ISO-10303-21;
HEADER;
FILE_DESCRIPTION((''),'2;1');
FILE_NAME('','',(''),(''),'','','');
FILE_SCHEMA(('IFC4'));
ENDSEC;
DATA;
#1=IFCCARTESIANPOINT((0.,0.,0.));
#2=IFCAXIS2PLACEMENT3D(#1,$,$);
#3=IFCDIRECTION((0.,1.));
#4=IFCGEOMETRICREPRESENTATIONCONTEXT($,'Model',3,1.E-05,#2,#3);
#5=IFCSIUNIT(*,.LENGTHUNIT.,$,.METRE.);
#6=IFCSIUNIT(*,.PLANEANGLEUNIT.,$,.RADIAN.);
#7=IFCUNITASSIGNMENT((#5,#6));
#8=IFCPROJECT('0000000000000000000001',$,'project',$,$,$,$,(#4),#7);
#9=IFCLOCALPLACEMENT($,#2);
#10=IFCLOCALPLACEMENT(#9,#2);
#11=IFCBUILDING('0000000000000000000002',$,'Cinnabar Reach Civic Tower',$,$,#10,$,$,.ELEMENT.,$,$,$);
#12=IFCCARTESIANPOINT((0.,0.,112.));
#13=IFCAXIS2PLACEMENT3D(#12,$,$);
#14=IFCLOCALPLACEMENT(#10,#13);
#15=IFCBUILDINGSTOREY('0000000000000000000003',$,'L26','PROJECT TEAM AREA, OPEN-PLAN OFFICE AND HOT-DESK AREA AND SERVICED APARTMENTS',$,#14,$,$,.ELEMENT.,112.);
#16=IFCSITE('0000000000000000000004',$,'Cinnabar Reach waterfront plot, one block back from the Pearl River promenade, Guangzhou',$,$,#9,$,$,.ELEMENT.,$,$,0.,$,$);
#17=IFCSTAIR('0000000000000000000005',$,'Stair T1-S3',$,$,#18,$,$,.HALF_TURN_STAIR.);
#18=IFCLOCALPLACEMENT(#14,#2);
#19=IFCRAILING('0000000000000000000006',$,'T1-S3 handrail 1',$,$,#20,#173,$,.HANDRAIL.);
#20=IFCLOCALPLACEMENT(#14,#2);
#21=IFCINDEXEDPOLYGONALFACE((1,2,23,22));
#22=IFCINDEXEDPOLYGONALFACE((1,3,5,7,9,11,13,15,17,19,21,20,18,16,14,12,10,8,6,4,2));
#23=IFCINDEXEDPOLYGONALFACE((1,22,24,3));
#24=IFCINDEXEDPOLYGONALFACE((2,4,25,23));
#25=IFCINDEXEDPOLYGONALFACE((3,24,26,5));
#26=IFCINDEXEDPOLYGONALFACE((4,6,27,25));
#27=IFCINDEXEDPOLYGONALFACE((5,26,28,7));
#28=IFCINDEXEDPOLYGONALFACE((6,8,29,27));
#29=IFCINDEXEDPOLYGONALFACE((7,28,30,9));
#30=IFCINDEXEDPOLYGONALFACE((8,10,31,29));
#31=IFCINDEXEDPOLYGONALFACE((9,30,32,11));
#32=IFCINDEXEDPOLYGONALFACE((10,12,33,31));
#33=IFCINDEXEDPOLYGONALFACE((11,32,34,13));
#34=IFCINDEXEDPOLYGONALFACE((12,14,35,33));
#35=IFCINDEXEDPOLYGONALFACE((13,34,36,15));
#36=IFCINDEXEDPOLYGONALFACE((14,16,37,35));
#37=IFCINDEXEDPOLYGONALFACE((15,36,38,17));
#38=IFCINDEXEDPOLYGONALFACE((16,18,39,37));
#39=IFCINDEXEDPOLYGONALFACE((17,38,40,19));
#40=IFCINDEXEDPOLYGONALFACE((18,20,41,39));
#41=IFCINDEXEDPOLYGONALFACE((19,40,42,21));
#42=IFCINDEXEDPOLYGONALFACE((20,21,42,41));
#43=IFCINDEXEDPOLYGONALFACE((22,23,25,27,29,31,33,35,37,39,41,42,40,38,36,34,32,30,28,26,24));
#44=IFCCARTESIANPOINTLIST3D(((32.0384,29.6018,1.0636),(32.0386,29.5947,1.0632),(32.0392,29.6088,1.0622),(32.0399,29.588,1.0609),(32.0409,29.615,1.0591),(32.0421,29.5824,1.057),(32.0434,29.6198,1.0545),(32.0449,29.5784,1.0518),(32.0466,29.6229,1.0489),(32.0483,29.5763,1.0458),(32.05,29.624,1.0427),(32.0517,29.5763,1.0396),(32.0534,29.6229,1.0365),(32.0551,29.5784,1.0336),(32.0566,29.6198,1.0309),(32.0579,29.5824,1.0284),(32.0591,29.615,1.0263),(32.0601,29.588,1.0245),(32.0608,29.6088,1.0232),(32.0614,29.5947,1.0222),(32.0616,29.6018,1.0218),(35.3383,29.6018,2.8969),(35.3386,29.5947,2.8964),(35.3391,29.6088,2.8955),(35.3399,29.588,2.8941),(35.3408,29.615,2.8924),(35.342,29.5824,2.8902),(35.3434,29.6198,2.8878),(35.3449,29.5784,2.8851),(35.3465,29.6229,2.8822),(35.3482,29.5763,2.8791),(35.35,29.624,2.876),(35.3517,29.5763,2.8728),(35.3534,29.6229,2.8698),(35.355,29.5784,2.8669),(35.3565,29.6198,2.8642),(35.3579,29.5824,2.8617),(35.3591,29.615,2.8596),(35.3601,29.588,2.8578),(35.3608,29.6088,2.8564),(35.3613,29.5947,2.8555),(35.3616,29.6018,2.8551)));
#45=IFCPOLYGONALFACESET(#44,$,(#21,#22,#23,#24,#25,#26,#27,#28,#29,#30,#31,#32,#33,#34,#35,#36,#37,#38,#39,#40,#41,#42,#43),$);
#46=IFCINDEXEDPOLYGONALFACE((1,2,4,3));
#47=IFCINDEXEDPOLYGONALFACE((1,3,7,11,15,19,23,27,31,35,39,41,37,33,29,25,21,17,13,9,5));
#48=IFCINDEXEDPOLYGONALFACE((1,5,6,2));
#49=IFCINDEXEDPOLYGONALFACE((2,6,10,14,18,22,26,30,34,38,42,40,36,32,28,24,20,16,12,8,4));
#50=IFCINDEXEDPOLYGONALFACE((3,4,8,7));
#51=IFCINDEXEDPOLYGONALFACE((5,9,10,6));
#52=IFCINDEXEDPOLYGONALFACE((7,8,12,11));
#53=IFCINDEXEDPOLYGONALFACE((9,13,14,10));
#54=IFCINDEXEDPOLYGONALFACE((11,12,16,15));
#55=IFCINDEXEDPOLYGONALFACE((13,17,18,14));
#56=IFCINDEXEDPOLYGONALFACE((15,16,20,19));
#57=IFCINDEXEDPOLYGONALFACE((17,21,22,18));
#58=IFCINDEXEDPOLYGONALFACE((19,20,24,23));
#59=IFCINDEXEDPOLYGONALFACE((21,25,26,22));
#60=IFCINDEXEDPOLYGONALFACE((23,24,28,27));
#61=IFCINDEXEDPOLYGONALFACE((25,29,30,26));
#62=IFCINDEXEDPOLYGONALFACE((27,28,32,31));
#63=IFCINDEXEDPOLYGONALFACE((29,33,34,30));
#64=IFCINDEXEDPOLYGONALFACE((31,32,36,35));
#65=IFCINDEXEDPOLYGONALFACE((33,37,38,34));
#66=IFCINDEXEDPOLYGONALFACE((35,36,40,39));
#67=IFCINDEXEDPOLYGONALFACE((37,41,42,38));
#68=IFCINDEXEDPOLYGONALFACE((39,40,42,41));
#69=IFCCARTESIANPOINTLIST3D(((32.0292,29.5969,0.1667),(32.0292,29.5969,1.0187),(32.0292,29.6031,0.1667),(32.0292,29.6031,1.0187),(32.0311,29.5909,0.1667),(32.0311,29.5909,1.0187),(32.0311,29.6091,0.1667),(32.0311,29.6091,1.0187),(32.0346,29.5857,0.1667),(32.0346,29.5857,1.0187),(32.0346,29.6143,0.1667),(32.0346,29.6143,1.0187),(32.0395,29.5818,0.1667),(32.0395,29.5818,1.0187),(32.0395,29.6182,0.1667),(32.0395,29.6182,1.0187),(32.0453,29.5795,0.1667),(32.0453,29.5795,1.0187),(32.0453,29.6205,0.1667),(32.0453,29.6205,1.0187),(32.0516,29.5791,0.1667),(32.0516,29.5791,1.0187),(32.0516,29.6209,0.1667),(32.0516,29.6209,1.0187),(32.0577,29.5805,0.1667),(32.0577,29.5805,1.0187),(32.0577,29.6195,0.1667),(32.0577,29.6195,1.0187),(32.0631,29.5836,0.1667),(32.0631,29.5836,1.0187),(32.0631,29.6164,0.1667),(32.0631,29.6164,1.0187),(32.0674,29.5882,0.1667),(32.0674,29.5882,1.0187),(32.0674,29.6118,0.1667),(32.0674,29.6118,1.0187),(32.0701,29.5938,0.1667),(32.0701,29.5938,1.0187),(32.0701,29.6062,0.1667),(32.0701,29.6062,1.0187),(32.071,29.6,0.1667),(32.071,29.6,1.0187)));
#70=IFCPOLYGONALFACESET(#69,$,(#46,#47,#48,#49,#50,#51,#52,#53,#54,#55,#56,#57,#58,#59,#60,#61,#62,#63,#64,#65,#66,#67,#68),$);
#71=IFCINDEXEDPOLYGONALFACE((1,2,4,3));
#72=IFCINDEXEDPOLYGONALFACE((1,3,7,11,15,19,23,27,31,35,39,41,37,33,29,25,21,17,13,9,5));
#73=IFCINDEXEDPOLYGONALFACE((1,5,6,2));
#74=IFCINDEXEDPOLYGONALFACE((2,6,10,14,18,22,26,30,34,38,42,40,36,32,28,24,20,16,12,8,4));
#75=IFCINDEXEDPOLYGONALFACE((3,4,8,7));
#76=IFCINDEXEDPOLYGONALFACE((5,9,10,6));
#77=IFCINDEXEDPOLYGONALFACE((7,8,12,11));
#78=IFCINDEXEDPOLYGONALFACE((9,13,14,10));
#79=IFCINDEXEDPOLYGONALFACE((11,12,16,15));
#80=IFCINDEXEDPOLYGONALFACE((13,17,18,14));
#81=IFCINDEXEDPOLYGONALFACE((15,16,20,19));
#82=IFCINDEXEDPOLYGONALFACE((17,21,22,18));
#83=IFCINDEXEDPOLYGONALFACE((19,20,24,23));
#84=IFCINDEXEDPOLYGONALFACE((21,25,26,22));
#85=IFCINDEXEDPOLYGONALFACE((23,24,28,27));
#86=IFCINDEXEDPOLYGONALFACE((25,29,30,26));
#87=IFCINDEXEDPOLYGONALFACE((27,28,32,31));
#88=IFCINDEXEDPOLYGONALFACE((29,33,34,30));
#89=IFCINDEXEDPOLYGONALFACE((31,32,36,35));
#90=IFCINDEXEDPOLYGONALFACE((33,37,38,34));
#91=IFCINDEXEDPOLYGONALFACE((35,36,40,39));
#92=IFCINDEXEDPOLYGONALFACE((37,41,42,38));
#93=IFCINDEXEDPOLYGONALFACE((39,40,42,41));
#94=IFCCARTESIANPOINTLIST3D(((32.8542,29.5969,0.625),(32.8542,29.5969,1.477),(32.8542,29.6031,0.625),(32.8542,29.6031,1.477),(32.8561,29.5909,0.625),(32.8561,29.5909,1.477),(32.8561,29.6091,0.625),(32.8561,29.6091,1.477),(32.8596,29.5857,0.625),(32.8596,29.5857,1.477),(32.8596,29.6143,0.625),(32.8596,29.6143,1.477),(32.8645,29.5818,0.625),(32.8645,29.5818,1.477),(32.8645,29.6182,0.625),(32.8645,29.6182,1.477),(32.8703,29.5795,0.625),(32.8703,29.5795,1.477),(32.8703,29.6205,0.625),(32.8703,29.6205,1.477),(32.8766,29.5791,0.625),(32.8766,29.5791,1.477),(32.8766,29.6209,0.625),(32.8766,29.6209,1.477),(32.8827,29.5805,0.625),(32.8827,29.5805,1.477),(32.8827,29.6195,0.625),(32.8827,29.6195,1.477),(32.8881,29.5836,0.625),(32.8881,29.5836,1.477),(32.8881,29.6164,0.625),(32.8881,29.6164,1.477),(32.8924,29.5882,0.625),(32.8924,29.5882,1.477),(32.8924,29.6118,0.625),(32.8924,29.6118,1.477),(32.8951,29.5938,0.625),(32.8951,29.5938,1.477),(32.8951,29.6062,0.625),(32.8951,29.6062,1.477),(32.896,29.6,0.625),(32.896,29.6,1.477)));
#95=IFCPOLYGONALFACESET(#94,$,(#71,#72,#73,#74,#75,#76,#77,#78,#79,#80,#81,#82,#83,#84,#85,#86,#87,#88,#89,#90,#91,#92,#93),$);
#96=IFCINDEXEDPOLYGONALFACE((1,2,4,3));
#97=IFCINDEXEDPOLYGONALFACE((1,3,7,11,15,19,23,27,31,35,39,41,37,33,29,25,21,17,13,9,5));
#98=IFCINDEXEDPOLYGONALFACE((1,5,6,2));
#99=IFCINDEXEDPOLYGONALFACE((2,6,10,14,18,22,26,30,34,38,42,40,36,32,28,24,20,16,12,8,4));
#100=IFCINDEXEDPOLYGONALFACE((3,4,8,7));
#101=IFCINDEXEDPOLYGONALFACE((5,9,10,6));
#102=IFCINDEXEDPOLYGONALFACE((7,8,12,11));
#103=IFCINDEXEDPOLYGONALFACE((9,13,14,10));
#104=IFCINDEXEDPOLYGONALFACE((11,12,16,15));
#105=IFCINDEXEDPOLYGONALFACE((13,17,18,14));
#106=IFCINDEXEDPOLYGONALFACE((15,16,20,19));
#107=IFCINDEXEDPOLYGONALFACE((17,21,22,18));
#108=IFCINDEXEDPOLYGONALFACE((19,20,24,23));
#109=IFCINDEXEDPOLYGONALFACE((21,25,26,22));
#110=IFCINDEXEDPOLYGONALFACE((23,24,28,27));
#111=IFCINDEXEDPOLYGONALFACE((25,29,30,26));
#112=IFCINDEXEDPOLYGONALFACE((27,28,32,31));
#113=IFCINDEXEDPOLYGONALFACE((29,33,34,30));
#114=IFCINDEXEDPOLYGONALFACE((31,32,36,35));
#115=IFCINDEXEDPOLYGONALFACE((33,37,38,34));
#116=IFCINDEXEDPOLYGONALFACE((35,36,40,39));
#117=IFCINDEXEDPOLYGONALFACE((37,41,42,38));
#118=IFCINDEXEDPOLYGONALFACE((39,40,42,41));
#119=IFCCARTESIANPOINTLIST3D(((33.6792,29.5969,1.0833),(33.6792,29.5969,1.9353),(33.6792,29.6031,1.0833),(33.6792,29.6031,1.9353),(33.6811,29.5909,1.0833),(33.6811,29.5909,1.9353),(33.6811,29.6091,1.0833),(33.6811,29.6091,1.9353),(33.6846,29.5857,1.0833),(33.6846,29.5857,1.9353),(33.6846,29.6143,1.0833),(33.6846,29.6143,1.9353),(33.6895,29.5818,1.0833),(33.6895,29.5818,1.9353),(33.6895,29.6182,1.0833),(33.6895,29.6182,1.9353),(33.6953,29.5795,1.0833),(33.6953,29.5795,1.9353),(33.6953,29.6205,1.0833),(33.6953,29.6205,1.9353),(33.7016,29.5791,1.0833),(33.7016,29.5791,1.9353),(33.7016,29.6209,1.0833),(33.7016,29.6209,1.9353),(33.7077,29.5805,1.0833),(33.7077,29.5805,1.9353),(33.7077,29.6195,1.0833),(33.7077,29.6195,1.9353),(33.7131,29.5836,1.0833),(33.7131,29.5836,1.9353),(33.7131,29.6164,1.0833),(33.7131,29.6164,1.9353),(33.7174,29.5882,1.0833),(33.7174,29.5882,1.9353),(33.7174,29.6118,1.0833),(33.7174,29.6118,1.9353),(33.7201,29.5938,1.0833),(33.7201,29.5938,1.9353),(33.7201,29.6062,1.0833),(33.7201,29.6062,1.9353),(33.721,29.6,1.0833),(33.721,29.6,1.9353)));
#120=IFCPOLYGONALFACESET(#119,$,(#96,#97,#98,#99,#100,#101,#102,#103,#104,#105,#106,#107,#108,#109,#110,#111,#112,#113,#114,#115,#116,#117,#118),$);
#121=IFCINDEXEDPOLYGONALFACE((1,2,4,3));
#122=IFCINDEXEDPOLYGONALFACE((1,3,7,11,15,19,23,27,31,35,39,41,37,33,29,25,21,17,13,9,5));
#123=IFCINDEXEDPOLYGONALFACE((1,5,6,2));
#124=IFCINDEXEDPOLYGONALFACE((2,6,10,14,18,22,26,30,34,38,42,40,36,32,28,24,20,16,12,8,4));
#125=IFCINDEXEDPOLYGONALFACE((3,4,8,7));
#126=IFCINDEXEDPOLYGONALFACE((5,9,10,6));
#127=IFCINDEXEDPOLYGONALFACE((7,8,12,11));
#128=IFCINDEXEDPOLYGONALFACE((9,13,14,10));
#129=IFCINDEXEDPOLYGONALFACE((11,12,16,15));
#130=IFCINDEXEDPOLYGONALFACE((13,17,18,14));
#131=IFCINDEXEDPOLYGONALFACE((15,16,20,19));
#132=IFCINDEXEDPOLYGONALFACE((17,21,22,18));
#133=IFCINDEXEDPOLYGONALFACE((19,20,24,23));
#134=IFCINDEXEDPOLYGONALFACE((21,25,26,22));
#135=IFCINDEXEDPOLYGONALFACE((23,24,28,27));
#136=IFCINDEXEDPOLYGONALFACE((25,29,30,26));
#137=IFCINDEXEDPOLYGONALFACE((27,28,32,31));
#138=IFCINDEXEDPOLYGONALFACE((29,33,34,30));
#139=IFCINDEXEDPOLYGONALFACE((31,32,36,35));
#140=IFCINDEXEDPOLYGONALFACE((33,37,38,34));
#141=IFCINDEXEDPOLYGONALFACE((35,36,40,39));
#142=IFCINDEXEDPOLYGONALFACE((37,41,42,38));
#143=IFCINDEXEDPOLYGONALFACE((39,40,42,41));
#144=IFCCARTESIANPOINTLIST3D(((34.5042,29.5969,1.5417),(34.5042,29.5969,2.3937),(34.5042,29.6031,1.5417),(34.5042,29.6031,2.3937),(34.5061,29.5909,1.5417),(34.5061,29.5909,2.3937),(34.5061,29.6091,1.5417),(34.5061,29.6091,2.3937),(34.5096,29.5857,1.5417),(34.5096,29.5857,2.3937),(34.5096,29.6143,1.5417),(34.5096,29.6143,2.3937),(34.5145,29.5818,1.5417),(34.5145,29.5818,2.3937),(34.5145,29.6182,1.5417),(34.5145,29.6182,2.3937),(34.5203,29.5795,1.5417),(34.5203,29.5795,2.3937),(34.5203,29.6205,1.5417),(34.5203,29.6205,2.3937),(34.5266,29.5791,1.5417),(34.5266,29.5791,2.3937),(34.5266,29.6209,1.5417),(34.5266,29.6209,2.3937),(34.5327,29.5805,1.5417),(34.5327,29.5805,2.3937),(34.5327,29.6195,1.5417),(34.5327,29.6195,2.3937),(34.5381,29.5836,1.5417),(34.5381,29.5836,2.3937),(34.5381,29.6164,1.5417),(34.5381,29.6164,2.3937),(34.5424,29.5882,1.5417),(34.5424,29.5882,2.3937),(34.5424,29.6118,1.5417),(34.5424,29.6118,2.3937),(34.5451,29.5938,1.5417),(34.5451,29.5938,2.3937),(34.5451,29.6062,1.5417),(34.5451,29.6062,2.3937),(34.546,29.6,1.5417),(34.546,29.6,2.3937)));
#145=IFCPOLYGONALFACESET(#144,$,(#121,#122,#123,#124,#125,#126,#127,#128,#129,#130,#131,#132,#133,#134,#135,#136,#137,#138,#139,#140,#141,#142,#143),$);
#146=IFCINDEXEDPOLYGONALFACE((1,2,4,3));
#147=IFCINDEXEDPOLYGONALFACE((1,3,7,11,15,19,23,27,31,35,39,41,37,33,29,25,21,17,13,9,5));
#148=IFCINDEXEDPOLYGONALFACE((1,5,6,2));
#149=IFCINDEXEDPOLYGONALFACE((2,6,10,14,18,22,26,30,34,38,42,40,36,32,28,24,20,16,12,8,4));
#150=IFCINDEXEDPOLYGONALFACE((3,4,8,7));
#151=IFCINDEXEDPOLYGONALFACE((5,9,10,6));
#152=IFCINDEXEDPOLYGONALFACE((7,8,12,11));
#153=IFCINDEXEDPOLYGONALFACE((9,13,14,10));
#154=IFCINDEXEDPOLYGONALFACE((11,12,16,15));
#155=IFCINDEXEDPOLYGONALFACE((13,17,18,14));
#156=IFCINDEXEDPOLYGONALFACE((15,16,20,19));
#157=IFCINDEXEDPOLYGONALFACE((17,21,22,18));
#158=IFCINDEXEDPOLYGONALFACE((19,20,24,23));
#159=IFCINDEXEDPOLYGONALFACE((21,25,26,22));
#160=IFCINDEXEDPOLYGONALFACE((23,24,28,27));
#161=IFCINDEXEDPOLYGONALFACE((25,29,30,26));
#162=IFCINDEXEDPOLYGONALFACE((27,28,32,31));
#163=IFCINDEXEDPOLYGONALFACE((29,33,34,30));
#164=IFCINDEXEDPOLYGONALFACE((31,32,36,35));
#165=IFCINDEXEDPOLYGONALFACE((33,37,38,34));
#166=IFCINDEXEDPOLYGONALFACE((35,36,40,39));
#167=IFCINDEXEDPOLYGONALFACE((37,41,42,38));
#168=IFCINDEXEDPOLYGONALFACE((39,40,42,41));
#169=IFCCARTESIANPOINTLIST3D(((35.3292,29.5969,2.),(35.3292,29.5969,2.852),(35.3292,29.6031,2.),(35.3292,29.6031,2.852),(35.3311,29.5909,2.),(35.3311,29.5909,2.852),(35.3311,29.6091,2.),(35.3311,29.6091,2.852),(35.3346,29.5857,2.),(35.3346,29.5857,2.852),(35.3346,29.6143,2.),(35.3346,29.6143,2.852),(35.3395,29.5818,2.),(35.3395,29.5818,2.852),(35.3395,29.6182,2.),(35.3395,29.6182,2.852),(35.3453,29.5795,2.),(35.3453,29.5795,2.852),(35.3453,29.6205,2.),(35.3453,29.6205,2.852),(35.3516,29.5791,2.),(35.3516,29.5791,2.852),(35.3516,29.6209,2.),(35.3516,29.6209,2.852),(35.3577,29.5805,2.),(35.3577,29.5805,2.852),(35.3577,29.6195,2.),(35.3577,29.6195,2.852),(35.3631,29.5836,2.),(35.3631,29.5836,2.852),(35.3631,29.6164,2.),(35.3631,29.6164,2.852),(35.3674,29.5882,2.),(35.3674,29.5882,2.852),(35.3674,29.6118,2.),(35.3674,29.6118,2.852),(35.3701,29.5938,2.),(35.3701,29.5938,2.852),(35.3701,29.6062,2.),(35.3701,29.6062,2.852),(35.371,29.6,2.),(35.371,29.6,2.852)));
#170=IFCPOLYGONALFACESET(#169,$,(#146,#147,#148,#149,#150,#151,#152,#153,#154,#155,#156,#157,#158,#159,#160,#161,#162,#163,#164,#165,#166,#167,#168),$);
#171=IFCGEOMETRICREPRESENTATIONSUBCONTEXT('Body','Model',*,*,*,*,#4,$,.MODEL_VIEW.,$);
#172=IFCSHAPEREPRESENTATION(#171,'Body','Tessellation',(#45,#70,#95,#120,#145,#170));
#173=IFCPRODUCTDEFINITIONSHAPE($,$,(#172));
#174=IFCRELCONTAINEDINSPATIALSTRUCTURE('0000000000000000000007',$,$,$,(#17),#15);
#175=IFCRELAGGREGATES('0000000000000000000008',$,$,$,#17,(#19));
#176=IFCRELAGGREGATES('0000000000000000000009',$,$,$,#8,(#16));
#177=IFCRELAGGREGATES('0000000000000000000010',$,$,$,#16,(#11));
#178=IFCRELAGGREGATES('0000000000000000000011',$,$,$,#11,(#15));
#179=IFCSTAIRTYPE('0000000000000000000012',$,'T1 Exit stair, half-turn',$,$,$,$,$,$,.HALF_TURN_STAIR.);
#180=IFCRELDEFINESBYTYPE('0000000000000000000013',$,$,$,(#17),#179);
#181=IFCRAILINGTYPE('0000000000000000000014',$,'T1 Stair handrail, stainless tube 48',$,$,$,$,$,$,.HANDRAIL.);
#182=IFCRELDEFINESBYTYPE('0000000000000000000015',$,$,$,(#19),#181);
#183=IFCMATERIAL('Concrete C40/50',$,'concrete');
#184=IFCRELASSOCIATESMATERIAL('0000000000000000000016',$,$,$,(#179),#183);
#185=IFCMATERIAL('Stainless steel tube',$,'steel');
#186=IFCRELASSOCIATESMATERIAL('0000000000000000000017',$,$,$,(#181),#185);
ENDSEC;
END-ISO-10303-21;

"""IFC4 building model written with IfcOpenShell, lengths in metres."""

from ifc_helpers import new_model, si_unit, direction, frame, origin, origin_2d, place, context, subcontext, project, spatial, circle, extrude, material, type_object, element, aggregate, save


model = new_model("IFC4")

# Units and contexts
model_context = context("Model", 3, precision=1e-05, world=origin(), true_north=direction((0.0, 1.0)))
body_context = subcontext(model_context, "Body", "Model", "MODEL_VIEW")
ifc_project = project(units=[si_unit("LENGTHUNIT", "METRE"), si_unit("PLANEANGLEUNIT", "RADIAN")], contexts=[model_context])

# Site, building, storey
site_placement = place(None, origin())
site = spatial("IfcSite", under=ifc_project, at=site_placement, Name="Cinnabar Reach waterfront plot, one block back from the Pearl River promenade, Guangzhou", CompositionType="ELEMENT", RefElevation=0.0)
building_placement = place(site_placement, origin())
building = spatial("IfcBuilding", under=site, at=building_placement, Name="Cinnabar Reach Civic Tower", CompositionType="ELEMENT")
storey_placement = place(building_placement, frame((0.0, 0.0, 112.0)))
storey = spatial("IfcBuildingStorey", under=building, at=storey_placement, Name="L26", Description="PROJECT TEAM AREA, OPEN-PLAN OFFICE AND HOT-DESK AREA AND SERVICED APARTMENTS", CompositionType="ELEMENT", Elevation=112.0)

# Stair, railing
ifc_material_1 = material(Name="Concrete C40/50", Category="concrete")
stair_type = type_object("IfcStairType", Name="T1 Exit stair, half-turn", PredefinedType="HALF_TURN_STAIR", material=ifc_material_1)
stair_placement = place(storey_placement, origin())
stair = element("IfcStair", 1, at=stair_placement, inside=storey, type_object=stair_type, Name="Stair T1-S3", PredefinedType="HALF_TURN_STAIR")
ifc_material_2 = material(Name="Stainless steel tube", Category="steel")
railing_type = type_object("IfcRailingType", Name="T1 Stair handrail, stainless tube 48", PredefinedType="HANDRAIL", material=ifc_material_2)
railing_1_placement = place(storey_placement, frame((32.05, 29.6, 0.1667)))
railing_1 = element("IfcRailing", 2, at=railing_1_placement, type_object=railing_type, Name="T1-S3 handrail 1", PredefinedType="HANDRAIL", context=body_context, shape_type="SweptSolid", body=[
    extrude(circle(Radius=0.024, at=origin_2d()), frame((0.0, 0.0, 0.876), z_axis=(0.874161, 0.0, 0.485636), x_axis=(0.0, 1.0, 0.0)), (0.0, 0.0, 1.0), 3.775),
    extrude(circle(Radius=0.021, at=origin_2d()), origin(), (0.0, 0.0, 1.0), 0.852),
    extrude(circle(Radius=0.021, at=origin_2d()), frame((0.825, 0.0, 0.4583)), (0.0, 0.0, 1.0), 0.852),
    extrude(circle(Radius=0.021, at=origin_2d()), frame((1.65, 0.0, 0.9166)), (0.0, 0.0, 1.0), 0.852),
    extrude(circle(Radius=0.021, at=origin_2d()), frame((2.475, 0.0, 1.375)), (0.0, 0.0, 1.0), 0.852),
    extrude(circle(Radius=0.021, at=origin_2d()), frame((3.3, 0.0, 1.8333)), (0.0, 0.0, 1.0), 0.852),
])
aggregate(stair, [railing_1])

save(model, "model.ifc")
